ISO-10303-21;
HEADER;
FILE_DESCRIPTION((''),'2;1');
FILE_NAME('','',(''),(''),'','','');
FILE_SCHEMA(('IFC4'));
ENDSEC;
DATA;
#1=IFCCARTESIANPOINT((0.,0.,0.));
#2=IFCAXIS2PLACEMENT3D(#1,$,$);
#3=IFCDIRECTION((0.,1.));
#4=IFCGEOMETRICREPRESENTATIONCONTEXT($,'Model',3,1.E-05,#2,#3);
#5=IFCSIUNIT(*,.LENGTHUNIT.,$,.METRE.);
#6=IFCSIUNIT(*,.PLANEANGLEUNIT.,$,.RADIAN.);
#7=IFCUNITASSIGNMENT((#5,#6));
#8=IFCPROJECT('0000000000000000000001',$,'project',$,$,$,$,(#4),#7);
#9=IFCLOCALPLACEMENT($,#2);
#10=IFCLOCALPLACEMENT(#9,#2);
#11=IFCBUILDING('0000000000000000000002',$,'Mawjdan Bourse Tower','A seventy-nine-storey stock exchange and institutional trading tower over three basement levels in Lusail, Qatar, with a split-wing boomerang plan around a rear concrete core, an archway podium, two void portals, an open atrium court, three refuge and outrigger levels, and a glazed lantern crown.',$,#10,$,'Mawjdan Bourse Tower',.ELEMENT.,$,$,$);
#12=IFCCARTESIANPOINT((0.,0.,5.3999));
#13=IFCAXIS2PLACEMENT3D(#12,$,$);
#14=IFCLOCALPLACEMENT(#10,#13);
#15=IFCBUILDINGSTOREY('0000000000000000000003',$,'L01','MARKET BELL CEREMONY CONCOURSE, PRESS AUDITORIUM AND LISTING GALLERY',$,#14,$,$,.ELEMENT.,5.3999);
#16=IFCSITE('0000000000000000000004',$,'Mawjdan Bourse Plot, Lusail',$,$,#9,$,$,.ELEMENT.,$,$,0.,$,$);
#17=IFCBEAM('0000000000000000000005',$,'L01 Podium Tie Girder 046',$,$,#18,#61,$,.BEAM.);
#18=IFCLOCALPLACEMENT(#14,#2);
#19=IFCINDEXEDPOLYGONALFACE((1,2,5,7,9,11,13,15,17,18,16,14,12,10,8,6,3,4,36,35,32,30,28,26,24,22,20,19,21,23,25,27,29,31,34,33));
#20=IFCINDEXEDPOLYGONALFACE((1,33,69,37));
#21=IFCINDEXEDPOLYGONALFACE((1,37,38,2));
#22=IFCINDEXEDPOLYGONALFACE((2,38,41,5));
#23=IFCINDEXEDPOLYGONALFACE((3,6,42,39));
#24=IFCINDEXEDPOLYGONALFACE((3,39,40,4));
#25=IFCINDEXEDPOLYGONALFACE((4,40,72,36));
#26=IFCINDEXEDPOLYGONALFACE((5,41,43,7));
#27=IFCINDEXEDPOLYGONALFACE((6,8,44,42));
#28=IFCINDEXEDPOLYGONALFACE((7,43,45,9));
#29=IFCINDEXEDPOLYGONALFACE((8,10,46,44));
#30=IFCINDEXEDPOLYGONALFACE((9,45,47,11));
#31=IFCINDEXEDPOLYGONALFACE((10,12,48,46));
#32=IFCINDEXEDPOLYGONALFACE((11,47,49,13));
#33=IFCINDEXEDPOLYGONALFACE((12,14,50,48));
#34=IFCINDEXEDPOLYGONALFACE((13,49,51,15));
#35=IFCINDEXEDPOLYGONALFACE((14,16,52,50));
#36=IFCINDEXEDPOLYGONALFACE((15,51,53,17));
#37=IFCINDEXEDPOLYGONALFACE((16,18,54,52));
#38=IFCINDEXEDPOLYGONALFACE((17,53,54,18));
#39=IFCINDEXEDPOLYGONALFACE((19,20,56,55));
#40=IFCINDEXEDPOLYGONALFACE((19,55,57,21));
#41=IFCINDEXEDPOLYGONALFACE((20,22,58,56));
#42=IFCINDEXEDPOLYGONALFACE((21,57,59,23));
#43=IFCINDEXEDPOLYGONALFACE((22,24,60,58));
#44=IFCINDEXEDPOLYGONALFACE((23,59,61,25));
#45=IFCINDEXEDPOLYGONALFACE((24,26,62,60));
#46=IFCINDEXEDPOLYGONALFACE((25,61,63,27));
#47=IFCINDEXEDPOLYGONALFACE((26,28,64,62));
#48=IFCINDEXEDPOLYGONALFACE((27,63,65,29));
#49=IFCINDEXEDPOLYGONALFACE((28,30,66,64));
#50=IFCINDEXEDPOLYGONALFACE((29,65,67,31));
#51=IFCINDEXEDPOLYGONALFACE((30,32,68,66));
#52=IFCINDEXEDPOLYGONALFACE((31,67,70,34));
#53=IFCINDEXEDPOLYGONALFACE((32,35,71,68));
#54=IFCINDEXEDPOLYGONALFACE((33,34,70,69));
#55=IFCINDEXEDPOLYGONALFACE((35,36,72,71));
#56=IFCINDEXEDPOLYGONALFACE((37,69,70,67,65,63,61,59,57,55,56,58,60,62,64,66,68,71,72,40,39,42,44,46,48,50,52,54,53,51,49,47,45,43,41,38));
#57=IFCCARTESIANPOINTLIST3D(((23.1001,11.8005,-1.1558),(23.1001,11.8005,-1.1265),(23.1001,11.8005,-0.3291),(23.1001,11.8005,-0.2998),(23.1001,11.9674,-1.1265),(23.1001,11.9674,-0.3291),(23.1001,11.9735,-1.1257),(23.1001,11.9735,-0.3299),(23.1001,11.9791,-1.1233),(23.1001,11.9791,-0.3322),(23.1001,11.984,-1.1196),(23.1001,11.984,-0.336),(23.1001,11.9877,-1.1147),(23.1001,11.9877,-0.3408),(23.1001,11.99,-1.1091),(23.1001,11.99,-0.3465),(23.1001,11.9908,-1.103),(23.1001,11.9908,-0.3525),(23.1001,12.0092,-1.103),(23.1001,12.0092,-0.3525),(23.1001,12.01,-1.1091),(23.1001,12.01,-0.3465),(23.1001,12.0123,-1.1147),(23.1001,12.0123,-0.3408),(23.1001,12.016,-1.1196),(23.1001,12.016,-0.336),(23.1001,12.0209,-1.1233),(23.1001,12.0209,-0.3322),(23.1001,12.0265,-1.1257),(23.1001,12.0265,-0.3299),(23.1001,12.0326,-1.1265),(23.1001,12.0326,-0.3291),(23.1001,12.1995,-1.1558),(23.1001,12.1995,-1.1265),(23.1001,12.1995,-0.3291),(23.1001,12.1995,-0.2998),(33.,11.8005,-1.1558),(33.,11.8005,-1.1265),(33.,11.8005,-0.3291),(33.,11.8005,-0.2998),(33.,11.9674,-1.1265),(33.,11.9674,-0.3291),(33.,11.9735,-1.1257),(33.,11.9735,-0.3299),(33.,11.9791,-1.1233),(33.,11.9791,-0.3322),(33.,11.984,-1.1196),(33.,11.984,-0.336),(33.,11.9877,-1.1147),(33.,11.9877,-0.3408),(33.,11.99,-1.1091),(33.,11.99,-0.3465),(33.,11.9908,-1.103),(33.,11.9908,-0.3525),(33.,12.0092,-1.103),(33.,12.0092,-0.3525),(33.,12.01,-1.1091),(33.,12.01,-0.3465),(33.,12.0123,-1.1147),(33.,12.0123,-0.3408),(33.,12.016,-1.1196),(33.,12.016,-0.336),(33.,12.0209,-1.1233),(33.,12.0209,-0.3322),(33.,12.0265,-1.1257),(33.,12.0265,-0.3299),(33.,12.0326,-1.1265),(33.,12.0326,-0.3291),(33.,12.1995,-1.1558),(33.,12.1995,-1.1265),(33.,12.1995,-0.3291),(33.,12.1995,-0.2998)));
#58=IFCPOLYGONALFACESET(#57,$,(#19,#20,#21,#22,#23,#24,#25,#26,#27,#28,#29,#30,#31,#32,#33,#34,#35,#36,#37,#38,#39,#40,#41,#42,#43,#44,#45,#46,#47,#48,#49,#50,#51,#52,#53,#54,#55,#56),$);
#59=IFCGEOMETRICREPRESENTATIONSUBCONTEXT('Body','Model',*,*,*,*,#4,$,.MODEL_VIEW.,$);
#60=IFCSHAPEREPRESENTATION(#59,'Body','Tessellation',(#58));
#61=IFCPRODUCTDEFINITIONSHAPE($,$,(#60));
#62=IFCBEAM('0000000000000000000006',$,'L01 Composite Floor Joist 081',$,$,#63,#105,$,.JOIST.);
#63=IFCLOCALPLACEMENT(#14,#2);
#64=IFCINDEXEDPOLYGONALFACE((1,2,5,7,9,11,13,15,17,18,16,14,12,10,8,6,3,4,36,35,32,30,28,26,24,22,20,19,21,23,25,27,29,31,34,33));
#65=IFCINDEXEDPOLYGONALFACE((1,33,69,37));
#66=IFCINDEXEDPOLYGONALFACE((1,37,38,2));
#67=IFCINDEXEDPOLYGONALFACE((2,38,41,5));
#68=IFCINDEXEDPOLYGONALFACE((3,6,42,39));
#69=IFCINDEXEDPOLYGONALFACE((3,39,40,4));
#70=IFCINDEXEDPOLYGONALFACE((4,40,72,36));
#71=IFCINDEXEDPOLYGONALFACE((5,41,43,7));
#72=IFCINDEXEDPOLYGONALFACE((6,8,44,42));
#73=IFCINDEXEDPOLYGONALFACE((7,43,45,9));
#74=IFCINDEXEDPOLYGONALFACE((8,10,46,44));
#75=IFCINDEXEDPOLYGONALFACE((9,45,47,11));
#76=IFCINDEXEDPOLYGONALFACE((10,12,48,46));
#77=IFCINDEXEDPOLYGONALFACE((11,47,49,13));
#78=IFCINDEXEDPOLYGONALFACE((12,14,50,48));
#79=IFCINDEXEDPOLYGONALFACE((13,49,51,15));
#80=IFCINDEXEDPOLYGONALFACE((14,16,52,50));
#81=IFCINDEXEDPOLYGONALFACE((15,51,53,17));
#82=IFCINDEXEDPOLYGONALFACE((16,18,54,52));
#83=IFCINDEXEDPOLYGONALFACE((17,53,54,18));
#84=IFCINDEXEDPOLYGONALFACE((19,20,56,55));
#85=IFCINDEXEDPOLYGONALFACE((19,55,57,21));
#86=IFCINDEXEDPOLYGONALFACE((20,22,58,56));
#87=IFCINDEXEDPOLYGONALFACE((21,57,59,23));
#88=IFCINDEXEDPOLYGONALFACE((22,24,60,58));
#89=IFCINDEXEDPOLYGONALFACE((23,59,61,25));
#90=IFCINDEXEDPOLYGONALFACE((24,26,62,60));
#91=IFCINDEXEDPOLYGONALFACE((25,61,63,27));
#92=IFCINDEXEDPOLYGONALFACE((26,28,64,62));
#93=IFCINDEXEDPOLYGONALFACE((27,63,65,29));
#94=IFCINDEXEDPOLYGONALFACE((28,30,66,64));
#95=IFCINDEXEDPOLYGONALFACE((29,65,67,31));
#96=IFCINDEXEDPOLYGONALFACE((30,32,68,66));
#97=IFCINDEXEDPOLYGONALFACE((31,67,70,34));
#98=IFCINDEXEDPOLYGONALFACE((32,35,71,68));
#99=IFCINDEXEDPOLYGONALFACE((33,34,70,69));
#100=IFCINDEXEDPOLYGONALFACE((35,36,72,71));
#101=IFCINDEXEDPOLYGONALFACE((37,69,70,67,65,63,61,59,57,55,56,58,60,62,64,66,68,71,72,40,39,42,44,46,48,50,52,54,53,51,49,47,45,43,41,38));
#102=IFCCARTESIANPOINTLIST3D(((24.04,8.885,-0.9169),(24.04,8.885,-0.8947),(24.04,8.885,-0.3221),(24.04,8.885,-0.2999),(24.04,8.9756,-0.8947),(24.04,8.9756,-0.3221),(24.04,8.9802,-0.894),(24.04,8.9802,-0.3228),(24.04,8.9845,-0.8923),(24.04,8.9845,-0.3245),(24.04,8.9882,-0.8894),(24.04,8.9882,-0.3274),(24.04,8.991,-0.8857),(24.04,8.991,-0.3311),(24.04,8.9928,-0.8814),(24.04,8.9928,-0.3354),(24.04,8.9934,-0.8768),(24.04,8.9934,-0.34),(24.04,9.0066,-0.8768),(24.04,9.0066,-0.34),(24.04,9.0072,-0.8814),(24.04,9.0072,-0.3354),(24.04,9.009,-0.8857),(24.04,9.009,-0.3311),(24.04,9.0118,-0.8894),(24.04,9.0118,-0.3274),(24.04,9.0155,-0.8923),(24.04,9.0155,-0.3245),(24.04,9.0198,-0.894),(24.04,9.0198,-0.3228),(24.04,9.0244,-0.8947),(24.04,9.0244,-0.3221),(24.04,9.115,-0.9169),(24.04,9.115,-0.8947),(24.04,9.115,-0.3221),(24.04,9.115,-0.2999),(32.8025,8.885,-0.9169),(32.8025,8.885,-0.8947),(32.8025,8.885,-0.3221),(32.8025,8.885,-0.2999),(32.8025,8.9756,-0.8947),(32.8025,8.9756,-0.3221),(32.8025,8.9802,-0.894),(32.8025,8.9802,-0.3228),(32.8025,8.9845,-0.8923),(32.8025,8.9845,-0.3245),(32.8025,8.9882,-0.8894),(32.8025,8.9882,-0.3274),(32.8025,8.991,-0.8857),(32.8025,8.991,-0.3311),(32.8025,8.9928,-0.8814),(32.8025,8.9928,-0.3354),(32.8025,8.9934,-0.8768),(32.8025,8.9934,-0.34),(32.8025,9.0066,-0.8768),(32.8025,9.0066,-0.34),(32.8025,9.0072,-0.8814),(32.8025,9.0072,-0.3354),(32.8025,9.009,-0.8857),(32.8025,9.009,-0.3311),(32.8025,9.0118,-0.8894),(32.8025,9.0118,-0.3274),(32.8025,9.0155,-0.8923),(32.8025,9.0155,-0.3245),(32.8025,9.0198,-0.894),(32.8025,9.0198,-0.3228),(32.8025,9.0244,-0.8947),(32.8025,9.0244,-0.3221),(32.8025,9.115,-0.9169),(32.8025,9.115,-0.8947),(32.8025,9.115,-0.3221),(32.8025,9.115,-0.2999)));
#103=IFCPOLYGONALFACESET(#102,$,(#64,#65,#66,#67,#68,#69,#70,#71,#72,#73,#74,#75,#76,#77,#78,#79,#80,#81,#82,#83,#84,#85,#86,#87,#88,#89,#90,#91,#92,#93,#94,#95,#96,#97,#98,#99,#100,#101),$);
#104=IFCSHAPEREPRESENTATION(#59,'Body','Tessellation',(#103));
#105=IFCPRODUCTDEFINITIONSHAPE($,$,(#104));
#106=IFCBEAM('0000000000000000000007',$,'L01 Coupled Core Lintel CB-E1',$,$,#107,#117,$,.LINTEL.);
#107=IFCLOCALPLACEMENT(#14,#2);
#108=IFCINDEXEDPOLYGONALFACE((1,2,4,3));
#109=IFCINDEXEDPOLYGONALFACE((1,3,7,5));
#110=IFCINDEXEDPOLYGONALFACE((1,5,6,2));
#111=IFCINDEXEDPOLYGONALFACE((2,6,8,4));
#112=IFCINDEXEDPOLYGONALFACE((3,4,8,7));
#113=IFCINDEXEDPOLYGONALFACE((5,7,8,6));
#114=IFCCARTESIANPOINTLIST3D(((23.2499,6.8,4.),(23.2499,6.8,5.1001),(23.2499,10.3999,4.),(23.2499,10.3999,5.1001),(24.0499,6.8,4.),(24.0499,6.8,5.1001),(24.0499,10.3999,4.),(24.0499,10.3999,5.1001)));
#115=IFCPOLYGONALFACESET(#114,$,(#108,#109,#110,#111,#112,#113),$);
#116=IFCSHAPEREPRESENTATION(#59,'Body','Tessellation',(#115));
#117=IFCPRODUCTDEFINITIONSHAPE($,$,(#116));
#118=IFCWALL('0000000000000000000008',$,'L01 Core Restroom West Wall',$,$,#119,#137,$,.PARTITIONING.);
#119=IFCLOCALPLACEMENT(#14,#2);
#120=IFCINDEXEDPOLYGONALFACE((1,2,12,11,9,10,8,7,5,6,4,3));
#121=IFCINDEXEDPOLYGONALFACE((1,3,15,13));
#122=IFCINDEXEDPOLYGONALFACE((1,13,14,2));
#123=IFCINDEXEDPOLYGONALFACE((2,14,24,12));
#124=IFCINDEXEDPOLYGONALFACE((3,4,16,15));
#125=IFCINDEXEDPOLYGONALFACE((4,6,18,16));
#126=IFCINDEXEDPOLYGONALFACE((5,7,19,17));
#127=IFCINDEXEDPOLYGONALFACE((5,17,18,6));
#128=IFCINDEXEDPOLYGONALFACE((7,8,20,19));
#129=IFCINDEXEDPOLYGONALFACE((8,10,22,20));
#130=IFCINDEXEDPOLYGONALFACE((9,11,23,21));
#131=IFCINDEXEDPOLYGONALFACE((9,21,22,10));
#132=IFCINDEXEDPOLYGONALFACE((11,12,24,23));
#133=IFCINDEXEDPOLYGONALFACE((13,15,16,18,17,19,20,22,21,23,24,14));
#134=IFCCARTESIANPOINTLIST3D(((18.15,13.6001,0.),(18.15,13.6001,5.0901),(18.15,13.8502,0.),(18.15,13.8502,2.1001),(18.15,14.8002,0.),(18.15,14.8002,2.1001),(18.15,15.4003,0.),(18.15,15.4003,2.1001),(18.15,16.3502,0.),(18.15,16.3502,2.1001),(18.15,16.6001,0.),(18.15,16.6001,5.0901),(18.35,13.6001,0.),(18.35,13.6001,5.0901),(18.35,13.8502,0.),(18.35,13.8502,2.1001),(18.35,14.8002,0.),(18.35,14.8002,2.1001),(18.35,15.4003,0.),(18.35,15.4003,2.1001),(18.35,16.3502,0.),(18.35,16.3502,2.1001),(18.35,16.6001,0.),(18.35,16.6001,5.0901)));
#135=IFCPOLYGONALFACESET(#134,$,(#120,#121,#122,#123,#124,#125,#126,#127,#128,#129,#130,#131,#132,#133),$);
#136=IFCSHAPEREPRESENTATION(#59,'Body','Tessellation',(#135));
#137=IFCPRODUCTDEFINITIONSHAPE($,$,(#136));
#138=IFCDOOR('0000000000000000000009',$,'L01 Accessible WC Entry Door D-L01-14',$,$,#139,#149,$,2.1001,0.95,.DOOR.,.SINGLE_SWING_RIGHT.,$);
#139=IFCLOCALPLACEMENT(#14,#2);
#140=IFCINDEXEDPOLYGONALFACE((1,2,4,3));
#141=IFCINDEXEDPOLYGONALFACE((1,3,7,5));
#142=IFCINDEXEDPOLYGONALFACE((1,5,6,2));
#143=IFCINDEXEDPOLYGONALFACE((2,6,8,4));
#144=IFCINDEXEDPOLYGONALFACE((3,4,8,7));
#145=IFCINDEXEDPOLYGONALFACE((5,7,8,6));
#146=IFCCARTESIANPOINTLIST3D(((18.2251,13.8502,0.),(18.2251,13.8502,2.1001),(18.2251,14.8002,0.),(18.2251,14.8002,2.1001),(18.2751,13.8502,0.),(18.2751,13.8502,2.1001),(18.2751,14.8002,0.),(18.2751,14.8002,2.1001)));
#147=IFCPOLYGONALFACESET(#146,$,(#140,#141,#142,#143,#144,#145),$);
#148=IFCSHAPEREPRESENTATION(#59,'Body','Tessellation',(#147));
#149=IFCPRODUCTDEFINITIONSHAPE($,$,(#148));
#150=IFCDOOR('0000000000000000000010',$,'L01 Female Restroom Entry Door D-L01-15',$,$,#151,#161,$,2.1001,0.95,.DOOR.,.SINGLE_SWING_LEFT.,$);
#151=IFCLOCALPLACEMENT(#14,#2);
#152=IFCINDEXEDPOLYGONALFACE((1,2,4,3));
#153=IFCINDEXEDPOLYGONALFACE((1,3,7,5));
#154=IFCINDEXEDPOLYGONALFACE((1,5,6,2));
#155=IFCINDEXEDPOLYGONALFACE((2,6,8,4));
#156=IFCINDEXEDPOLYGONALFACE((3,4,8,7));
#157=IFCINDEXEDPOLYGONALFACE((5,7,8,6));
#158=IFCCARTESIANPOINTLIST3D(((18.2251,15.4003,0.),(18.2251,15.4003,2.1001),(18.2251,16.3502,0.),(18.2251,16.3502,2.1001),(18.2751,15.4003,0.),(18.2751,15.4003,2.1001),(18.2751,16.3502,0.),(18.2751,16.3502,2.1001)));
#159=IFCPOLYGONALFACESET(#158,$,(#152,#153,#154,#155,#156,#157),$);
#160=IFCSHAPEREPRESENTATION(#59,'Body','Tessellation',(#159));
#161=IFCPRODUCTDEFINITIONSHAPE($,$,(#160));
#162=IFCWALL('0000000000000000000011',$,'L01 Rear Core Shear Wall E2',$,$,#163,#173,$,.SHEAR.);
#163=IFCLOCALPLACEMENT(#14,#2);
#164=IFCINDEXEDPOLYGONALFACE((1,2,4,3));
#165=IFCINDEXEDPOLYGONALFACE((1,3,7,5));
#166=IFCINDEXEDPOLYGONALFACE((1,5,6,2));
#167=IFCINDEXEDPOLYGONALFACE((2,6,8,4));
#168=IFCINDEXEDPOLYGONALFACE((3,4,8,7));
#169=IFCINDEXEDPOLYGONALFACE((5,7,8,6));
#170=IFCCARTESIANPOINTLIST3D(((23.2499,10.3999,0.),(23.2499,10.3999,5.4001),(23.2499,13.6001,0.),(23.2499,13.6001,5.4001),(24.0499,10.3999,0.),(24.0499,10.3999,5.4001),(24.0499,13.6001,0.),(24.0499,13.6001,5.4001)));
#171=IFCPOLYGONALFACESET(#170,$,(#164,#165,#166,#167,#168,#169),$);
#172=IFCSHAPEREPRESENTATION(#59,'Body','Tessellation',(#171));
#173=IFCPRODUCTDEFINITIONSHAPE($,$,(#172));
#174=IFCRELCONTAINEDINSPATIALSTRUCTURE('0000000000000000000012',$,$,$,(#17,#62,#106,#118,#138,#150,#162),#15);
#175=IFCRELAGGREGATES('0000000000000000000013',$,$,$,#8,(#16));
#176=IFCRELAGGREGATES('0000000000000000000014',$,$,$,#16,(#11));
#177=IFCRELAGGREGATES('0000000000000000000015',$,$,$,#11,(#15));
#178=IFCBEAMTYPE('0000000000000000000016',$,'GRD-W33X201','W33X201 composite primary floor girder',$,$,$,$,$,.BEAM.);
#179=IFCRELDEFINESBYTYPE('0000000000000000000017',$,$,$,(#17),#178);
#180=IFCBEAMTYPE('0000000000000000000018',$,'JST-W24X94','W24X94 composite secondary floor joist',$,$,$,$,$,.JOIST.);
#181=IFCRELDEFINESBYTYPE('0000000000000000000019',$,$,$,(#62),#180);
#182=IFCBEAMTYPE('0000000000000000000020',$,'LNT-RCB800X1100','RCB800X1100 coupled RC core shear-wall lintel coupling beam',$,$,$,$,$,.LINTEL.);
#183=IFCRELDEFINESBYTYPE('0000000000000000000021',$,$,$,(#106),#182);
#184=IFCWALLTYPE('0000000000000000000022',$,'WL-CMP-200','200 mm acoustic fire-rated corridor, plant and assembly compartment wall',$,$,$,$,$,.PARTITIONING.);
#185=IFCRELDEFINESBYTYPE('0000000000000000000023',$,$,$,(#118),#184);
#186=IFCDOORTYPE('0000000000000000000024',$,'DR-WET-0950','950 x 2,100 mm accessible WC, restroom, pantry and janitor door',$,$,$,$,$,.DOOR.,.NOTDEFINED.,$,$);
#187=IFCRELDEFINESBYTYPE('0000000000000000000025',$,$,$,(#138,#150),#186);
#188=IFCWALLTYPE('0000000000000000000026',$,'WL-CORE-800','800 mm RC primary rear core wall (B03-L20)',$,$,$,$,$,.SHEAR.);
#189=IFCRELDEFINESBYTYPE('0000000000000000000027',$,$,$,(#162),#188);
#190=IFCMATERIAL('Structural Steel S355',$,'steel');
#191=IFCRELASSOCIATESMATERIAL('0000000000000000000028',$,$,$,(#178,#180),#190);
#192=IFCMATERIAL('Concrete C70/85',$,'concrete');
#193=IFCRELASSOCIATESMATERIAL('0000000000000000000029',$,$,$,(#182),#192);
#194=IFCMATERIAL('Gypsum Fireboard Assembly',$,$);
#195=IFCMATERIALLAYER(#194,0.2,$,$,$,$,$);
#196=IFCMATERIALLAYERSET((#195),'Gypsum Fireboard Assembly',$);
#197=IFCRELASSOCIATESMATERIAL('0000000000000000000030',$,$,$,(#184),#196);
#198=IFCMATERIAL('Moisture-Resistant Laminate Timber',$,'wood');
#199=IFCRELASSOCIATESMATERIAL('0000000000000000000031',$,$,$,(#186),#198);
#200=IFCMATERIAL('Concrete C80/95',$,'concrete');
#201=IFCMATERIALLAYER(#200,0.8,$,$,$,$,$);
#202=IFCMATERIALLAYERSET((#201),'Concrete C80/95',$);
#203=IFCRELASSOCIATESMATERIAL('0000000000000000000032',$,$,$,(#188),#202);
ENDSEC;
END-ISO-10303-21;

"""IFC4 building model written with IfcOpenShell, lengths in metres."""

from ifc_helpers import new_model, si_unit, direction, frame, frame_2d, origin, origin_2d, place, context, subcontext, project, spatial, rectangle, i_section, extrude, material, layer, layer_set, material_profile, profile_set, type_object, element, fill, save


model = new_model("IFC4")

# Units and contexts
model_context = context("Model", 3, precision=1e-05, world=origin(), true_north=direction((0.0, 1.0)))
body_context = subcontext(model_context, "Body", "Model", "MODEL_VIEW")
ifc_project = project(units=[si_unit("LENGTHUNIT", "METRE"), si_unit("PLANEANGLEUNIT", "RADIAN")], contexts=[model_context])

# Site, building, storey
site_placement = place(None, origin())
site = spatial("IfcSite", under=ifc_project, at=site_placement, Name="Mawjdan Bourse Plot, Lusail", CompositionType="ELEMENT", RefElevation=0.0)
building_placement = place(site_placement, origin())
building = spatial("IfcBuilding", under=site, at=building_placement, Name="Mawjdan Bourse Tower", Description="A seventy-nine-storey stock exchange and institutional trading tower over three basement levels in Lusail, Qatar, with a split-wing boomerang plan around a rear concrete core, an archway podium, two void portals, an open atrium court, three refuge and outrigger levels, and a glazed lantern crown.", LongName="Mawjdan Bourse Tower", CompositionType="ELEMENT")
storey_placement = place(building_placement, frame((0.0, 0.0, 5.3999)))
storey = spatial("IfcBuildingStorey", under=building, at=storey_placement, Name="L01", Description="MARKET BELL CEREMONY CONCOURSE, PRESS AUDITORIUM AND LISTING GALLERY", CompositionType="ELEMENT", Elevation=5.3999)

# Beams
ifc_material_1 = material(Name="Structural Steel S355", Category="steel")
ifc_material_profile_1 = material_profile(ifc_material_1, i_section(OverallWidth=0.3989, OverallDepth=0.856, WebThickness=0.0183, FlangeThickness=0.0293, FilletRadius=0.0234, at=origin_2d()), Name="W33X201")
ifc_profile_set_1 = profile_set([ifc_material_profile_1], Name="Structural Steel S355")
beam_type_1 = type_object("IfcBeamType", Name="GRD-W33X201", Description="W33X201 composite primary floor girder", PredefinedType="BEAM", material=ifc_profile_set_1)
beam_1_placement = place(storey_placement, frame((23.1001, 12.0, -0.7278), z_axis=(1.0, 0.0, 0.0), x_axis=(0.0, 1.0, 0.0)))
element("IfcBeam", 1, at=beam_1_placement, inside=storey, type_object=beam_type_1, Name="L01 Podium Tie Girder 046", PredefinedType="BEAM", context=body_context, shape_type="SweptSolid", body=[
    extrude(i_section(OverallWidth=0.3989, OverallDepth=0.856, WebThickness=0.0183, FlangeThickness=0.0293, FilletRadius=0.0234, at=origin_2d()), origin(), (0.0, 0.0, 1.0), 9.8999),
])
ifc_material_profile_2 = material_profile(ifc_material_1, i_section(OverallWidth=0.23, OverallDepth=0.6169, WebThickness=0.0132, FlangeThickness=0.0222, FilletRadius=0.0178, at=origin_2d()), Name="W24X94")
ifc_profile_set_2 = profile_set([ifc_material_profile_2], Name="Structural Steel S355")
beam_type_2 = type_object("IfcBeamType", Name="JST-W24X94", Description="W24X94 composite secondary floor joist", PredefinedType="JOIST", material=ifc_profile_set_2)
beam_2_placement = place(storey_placement, frame((24.04, 9.0, -0.6084), z_axis=(1.0, 0.0, 0.0), x_axis=(0.0, 1.0, 0.0)))
element("IfcBeam", 2, at=beam_2_placement, inside=storey, type_object=beam_type_2, Name="L01 Composite Floor Joist 081", PredefinedType="JOIST", context=body_context, shape_type="SweptSolid", body=[
    extrude(i_section(OverallWidth=0.23, OverallDepth=0.6169, WebThickness=0.0132, FlangeThickness=0.0222, FilletRadius=0.0178, at=origin_2d()), origin(), (0.0, 0.0, 1.0), 8.7625),
])
ifc_material_2 = material(Name="Concrete C70/85", Category="concrete")
ifc_material_profile_3 = material_profile(ifc_material_2, rectangle(XDim=0.8, YDim=1.1001, at=origin_2d()), Name="RCB800X1100")
ifc_profile_set_3 = profile_set([ifc_material_profile_3], Name="Concrete C70/85")
beam_type_3 = type_object("IfcBeamType", Name="LNT-RCB800X1100", Description="RCB800X1100 coupled RC core shear-wall lintel coupling beam", PredefinedType="LINTEL", material=ifc_profile_set_3)
beam_3_placement = place(storey_placement, frame((23.6499, 6.8, 4.55), z_axis=(0.0, 1.0, 0.0), x_axis=(-1.0, 0.0, 0.0)))
element("IfcBeam", 3, at=beam_3_placement, inside=storey, type_object=beam_type_3, Name="L01 Coupled Core Lintel CB-E1", PredefinedType="LINTEL", context=body_context, shape_type="SweptSolid", body=[
    extrude(rectangle(XDim=0.8, YDim=1.1001, at=origin_2d()), origin(), (0.0, 0.0, 1.0), 3.5999),
])

# Wall, openings, doors
ifc_material_3 = material(Name="Gypsum Fireboard Assembly")
ifc_layer_1 = layer(ifc_material_3, 0.2)
ifc_layer_set_1 = layer_set([ifc_layer_1], Name="Gypsum Fireboard Assembly")
wall_type_1 = type_object("IfcWallType", Name="WL-CMP-200", Description="200 mm acoustic fire-rated corridor, plant and assembly compartment wall", PredefinedType="PARTITIONING", material=ifc_layer_set_1)
wall_1_placement = place(storey_placement, frame((18.25, 13.6001, 0.0), z_axis=(0.0, 0.0, 1.0), x_axis=(0.0, 1.0, 0.0)))
wall_1 = element("IfcWall", 4, at=wall_1_placement, inside=storey, type_object=wall_type_1, Name="L01 Core Restroom West Wall", PredefinedType="PARTITIONING", context=body_context, shape_type="SweptSolid", body=[
    extrude(rectangle(XDim=3.0, YDim=0.2, at=frame_2d((1.5, 0.0))), origin(), (0.0, 0.0, 1.0), 5.0901),
])
opening_1_placement = place(wall_1_placement, frame((0.25, 0.0, 0.0)))
opening_1 = element("IfcOpeningElement", 5, at=opening_1_placement, cuts=wall_1, PredefinedType="OPENING", context=body_context, shape_type="SweptSolid", body=[
    extrude(rectangle(XDim=0.95, YDim=2.1001, at=frame_2d((0.4751, 1.05))), frame((0.0, 0.1099, 0.0), z_axis=(0.0, -1.0, 0.0), x_axis=(1.0, 0.0, 0.0)), (0.0, 0.0, 1.0), 0.22),
])
opening_2_placement = place(wall_1_placement, frame((1.8, 0.0, 0.0)))
opening_2 = element("IfcOpeningElement", 6, at=opening_2_placement, cuts=wall_1, PredefinedType="OPENING", context=body_context, shape_type="SweptSolid", body=[
    extrude(rectangle(XDim=0.95, YDim=2.1001, at=frame_2d((0.4751, 1.05))), frame((0.0, 0.1099, 0.0), z_axis=(0.0, -1.0, 0.0), x_axis=(1.0, 0.0, 0.0)), (0.0, 0.0, 1.0), 0.22),
])
ifc_material_4 = material(Name="Moisture-Resistant Laminate Timber", Category="wood")
door_type = type_object("IfcDoorType", Name="DR-WET-0950", Description="950 x 2,100 mm accessible WC, restroom, pantry and janitor door", OperationType="NOTDEFINED", PredefinedType="DOOR", material=ifc_material_4)
door_1_placement = place(opening_1_placement, origin())
door_1 = element("IfcDoor", 7, at=door_1_placement, inside=storey, type_object=door_type, Name="L01 Accessible WC Entry Door D-L01-14", OperationType="SINGLE_SWING_RIGHT", OverallHeight=2.1001, OverallWidth=0.95, PredefinedType="DOOR", context=body_context, shape_type="SweptSolid", body=[
    extrude(rectangle(XDim=0.95, YDim=2.1001, at=frame_2d((0.4751, 1.05))), frame((0.0, 0.0249, 0.0), z_axis=(0.0, -1.0, 0.0), x_axis=(1.0, 0.0, 0.0)), (0.0, 0.0, 1.0), 0.05),
])
fill(opening_1, door_1)
door_2_placement = place(opening_2_placement, origin())
door_2 = element("IfcDoor", 8, at=door_2_placement, inside=storey, type_object=door_type, Name="L01 Female Restroom Entry Door D-L01-15", OperationType="SINGLE_SWING_LEFT", OverallHeight=2.1001, OverallWidth=0.95, PredefinedType="DOOR", context=body_context, shape_type="SweptSolid", body=[
    extrude(rectangle(XDim=0.95, YDim=2.1001, at=frame_2d((0.4751, 1.05))), frame((0.0, 0.0249, 0.0), z_axis=(0.0, -1.0, 0.0), x_axis=(1.0, 0.0, 0.0)), (0.0, 0.0, 1.0), 0.05),
])
fill(opening_2, door_2)

# Wall
ifc_material_5 = material(Name="Concrete C80/95", Category="concrete")
ifc_layer_2 = layer(ifc_material_5, 0.8)
ifc_layer_set_2 = layer_set([ifc_layer_2], Name="Concrete C80/95")
wall_type_2 = type_object("IfcWallType", Name="WL-CORE-800", Description="800 mm RC primary rear core wall (B03-L20)", PredefinedType="SHEAR", material=ifc_layer_set_2)
wall_2_placement = place(storey_placement, frame((23.6499, 10.3999, 0.0), z_axis=(0.0, 0.0, 1.0), x_axis=(0.0, 1.0, 0.0)))
element("IfcWall", 9, at=wall_2_placement, inside=storey, type_object=wall_type_2, Name="L01 Rear Core Shear Wall E2", PredefinedType="SHEAR", context=body_context, shape_type="SweptSolid", body=[
    extrude(rectangle(XDim=3.2002, YDim=0.8, at=frame_2d((1.6001, 0.0))), origin(), (0.0, 0.0, 1.0), 5.4001),
])

save(model, "model.ifc")
